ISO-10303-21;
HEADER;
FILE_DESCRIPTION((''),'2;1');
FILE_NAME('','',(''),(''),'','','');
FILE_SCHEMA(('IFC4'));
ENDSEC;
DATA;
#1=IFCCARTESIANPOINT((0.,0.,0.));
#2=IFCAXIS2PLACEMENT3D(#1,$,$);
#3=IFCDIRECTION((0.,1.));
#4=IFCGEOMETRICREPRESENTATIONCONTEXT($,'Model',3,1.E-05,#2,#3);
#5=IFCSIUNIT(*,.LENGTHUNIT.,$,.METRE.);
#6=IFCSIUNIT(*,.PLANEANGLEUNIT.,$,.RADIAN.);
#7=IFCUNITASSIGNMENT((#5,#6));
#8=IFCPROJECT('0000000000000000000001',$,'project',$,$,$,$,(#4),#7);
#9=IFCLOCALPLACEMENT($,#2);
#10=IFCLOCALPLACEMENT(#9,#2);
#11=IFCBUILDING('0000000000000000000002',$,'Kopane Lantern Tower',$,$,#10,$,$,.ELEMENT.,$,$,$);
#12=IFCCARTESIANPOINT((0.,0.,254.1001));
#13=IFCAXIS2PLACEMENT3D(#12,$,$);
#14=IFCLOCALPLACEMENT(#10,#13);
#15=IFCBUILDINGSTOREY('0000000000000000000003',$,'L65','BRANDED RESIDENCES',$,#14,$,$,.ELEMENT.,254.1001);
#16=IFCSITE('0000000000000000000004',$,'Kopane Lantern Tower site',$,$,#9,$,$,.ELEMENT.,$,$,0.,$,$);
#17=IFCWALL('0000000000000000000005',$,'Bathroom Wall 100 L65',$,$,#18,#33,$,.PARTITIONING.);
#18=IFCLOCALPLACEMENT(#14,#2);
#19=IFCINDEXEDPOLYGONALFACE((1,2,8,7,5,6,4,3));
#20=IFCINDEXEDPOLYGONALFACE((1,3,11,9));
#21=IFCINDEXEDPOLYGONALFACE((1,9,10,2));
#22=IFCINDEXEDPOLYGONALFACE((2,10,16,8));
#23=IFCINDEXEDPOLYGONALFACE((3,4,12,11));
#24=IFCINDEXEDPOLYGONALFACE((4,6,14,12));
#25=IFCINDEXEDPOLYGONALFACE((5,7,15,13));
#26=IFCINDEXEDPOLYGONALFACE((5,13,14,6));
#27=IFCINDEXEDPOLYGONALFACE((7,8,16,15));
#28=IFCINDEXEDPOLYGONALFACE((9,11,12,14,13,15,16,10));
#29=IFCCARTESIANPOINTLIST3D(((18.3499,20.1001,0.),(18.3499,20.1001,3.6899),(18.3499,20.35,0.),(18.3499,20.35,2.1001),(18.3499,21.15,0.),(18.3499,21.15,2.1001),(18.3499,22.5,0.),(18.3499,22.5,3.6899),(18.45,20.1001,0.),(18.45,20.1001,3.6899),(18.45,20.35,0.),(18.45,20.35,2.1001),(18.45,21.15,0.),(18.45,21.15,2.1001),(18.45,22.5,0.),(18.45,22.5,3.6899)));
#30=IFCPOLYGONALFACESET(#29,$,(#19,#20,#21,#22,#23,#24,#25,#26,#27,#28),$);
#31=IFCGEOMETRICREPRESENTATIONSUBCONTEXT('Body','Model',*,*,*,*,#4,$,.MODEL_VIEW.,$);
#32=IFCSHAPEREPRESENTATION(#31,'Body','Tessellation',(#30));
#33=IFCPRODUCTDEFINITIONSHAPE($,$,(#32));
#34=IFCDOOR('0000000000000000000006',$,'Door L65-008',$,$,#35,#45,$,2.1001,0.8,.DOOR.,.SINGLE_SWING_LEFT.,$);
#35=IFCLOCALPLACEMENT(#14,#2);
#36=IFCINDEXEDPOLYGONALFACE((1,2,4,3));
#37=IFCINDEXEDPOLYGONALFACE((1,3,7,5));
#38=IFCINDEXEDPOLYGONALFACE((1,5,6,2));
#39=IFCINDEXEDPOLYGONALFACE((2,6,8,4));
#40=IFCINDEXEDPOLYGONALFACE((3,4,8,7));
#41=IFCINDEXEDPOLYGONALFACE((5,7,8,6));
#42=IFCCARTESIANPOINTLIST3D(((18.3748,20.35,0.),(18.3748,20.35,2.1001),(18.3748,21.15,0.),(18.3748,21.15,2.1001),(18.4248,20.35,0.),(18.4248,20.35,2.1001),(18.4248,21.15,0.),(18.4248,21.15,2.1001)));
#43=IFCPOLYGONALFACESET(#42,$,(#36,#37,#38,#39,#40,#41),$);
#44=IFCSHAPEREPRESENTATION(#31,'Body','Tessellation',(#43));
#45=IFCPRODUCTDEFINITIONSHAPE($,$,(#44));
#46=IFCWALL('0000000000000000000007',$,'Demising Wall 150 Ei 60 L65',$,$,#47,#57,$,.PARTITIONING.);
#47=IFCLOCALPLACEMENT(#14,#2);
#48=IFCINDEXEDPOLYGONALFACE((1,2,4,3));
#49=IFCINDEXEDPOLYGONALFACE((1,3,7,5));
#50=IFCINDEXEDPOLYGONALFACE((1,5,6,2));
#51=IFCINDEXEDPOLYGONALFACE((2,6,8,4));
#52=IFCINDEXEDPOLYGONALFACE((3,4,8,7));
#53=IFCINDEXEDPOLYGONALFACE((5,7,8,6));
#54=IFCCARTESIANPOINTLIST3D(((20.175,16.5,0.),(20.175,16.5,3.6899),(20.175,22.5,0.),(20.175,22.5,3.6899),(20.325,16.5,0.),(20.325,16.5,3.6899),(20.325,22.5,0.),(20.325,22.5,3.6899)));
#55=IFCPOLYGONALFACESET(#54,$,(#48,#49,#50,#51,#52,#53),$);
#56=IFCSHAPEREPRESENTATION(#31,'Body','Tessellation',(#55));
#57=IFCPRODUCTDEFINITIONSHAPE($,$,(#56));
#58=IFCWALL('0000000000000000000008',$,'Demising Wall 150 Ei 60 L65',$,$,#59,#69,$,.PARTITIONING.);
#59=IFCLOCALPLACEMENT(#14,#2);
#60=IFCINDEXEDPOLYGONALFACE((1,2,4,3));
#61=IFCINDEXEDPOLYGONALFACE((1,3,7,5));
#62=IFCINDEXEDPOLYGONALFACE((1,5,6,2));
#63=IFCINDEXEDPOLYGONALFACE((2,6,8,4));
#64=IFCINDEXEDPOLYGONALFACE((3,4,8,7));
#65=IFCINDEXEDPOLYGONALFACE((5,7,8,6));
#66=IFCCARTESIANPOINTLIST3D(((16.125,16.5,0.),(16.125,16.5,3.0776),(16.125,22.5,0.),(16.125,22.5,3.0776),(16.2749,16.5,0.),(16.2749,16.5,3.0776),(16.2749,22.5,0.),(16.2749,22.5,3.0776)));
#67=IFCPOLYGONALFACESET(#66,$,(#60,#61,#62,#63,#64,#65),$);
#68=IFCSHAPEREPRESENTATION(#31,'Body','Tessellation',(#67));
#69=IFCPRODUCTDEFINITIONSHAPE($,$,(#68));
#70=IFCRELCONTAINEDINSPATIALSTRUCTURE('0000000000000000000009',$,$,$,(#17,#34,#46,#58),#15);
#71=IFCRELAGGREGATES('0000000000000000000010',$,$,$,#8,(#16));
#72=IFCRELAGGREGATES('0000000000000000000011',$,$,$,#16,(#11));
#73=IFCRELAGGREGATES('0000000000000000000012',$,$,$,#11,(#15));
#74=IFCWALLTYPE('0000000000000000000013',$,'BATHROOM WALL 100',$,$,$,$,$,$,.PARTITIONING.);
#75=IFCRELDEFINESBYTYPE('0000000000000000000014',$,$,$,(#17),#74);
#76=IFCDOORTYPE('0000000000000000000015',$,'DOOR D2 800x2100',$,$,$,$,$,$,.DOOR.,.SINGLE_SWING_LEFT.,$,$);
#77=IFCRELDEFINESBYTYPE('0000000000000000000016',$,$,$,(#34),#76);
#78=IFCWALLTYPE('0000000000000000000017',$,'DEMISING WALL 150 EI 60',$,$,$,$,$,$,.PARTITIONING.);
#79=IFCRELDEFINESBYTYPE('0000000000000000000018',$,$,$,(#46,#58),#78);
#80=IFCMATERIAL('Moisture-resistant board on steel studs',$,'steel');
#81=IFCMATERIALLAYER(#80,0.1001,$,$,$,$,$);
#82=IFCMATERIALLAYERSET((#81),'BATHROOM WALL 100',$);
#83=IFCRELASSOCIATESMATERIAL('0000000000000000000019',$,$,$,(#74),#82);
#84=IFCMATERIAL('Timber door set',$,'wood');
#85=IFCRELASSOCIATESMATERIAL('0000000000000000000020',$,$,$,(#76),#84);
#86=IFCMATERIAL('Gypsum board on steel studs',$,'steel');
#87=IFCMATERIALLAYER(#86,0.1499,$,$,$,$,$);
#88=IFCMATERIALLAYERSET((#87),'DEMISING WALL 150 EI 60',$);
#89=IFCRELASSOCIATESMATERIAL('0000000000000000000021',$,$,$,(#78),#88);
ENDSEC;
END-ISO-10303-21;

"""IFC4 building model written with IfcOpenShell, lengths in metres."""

from ifc_helpers import new_model, si_unit, direction, frame, frame_2d, origin, place, context, subcontext, project, spatial, rectangle, extrude, material, layer, layer_set, type_object, element, fill, save


model = new_model("IFC4")

# Units and contexts
model_context = context("Model", 3, precision=1e-05, world=origin(), true_north=direction((0.0, 1.0)))
body_context = subcontext(model_context, "Body", "Model", "MODEL_VIEW")
ifc_project = project(units=[si_unit("LENGTHUNIT", "METRE"), si_unit("PLANEANGLEUNIT", "RADIAN")], contexts=[model_context])

# Site, building, storey
site_placement = place(None, origin())
site = spatial("IfcSite", under=ifc_project, at=site_placement, Name="Kopane Lantern Tower site", CompositionType="ELEMENT", RefElevation=0.0)
building_placement = place(site_placement, origin())
building = spatial("IfcBuilding", under=site, at=building_placement, Name="Kopane Lantern Tower", CompositionType="ELEMENT")
storey_placement = place(building_placement, frame((0.0, 0.0, 254.1001)))
storey = spatial("IfcBuildingStorey", under=building, at=storey_placement, Name="L65", Description="BRANDED RESIDENCES", CompositionType="ELEMENT", Elevation=254.1001)

# Shared definitions
ifc_material_1 = material(Name="Moisture-resistant board on steel studs", Category="steel")
ifc_layer_1 = layer(ifc_material_1, 0.1001)
ifc_layer_set_1 = layer_set([ifc_layer_1], Name="BATHROOM WALL 100")
wall_type_1 = type_object("IfcWallType", Name="BATHROOM WALL 100", PredefinedType="PARTITIONING", material=ifc_layer_set_1)

# Wall, opening, door
wall_1_placement = place(storey_placement, frame((18.3999, 22.5, 0.0), z_axis=(0.0, 0.0, 1.0), x_axis=(0.0, -1.0, 0.0)))
wall_1 = element("IfcWall", 1, at=wall_1_placement, inside=storey, type_object=wall_type_1, Name="Bathroom Wall 100 L65", PredefinedType="PARTITIONING", context=body_context, shape_type="SweptSolid", body=[
    extrude(rectangle(XDim=2.3999, YDim=0.1001, at=frame_2d((1.2, 0.0))), origin(), (0.0, 0.0, 1.0), 3.6899),
])
opening_1_placement = place(wall_1_placement, frame((1.3501, 0.0, 0.0)))
opening_1 = element("IfcOpeningElement", 2, at=opening_1_placement, cuts=wall_1, PredefinedType="OPENING", context=body_context, shape_type="SweptSolid", body=[
    extrude(rectangle(XDim=0.8, YDim=2.1001, at=frame_2d((0.3999, 1.05))), frame((0.0, 0.0601, 0.0), z_axis=(0.0, -1.0, 0.0), x_axis=(1.0, 0.0, 0.0)), (0.0, 0.0, 1.0), 0.1201),
])
ifc_material_2 = material(Name="Timber door set", Category="wood")
door_type_1 = type_object("IfcDoorType", Name="DOOR D2 800x2100", OperationType="SINGLE_SWING_LEFT", PredefinedType="DOOR", material=ifc_material_2)
door_1_placement = place(opening_1_placement, origin())
door_1 = element("IfcDoor", 3, at=door_1_placement, inside=storey, type_object=door_type_1, Name="Door L65-008", OperationType="SINGLE_SWING_LEFT", OverallHeight=2.1001, OverallWidth=0.8, PredefinedType="DOOR", context=body_context, shape_type="SweptSolid", body=[
    extrude(rectangle(XDim=0.8, YDim=2.1001, at=frame_2d((0.3999, 1.05))), frame((0.0, 0.0249, 0.0), z_axis=(0.0, -1.0, 0.0), x_axis=(1.0, 0.0, 0.0)), (0.0, 0.0, 1.0), 0.05),
])
fill(opening_1, door_1)

# Walls
ifc_material_3 = material(Name="Gypsum board on steel studs", Category="steel")
ifc_layer_2 = layer(ifc_material_3, 0.1499)
ifc_layer_set_2 = layer_set([ifc_layer_2], Name="DEMISING WALL 150 EI 60")
wall_type_2 = type_object("IfcWallType", Name="DEMISING WALL 150 EI 60", PredefinedType="PARTITIONING", material=ifc_layer_set_2)
wall_2_placement = place(storey_placement, frame((20.25, 22.5, 0.0), z_axis=(0.0, 0.0, 1.0), x_axis=(0.0, -1.0, 0.0)))
element("IfcWall", 4, at=wall_2_placement, inside=storey, type_object=wall_type_2, Name="Demising Wall 150 Ei 60 L65", PredefinedType="PARTITIONING", context=body_context, shape_type="SweptSolid", body=[
    extrude(rectangle(XDim=6.0, YDim=0.1499, at=frame_2d((3.0, 0.0))), origin(), (0.0, 0.0, 1.0), 3.6899),
])
wall_3_placement = place(storey_placement, frame((16.2, 22.5, 0.0), z_axis=(0.0, 0.0, 1.0), x_axis=(0.0, -1.0, 0.0)))
element("IfcWall", 5, at=wall_3_placement, inside=storey, type_object=wall_type_2, Name="Demising Wall 150 Ei 60 L65", PredefinedType="PARTITIONING", context=body_context, shape_type="SweptSolid", body=[
    extrude(rectangle(XDim=6.0, YDim=0.1499, at=frame_2d((3.0, 0.0))), origin(), (0.0, 0.0, 1.0), 3.0776),
])

save(model, "model.ifc")
